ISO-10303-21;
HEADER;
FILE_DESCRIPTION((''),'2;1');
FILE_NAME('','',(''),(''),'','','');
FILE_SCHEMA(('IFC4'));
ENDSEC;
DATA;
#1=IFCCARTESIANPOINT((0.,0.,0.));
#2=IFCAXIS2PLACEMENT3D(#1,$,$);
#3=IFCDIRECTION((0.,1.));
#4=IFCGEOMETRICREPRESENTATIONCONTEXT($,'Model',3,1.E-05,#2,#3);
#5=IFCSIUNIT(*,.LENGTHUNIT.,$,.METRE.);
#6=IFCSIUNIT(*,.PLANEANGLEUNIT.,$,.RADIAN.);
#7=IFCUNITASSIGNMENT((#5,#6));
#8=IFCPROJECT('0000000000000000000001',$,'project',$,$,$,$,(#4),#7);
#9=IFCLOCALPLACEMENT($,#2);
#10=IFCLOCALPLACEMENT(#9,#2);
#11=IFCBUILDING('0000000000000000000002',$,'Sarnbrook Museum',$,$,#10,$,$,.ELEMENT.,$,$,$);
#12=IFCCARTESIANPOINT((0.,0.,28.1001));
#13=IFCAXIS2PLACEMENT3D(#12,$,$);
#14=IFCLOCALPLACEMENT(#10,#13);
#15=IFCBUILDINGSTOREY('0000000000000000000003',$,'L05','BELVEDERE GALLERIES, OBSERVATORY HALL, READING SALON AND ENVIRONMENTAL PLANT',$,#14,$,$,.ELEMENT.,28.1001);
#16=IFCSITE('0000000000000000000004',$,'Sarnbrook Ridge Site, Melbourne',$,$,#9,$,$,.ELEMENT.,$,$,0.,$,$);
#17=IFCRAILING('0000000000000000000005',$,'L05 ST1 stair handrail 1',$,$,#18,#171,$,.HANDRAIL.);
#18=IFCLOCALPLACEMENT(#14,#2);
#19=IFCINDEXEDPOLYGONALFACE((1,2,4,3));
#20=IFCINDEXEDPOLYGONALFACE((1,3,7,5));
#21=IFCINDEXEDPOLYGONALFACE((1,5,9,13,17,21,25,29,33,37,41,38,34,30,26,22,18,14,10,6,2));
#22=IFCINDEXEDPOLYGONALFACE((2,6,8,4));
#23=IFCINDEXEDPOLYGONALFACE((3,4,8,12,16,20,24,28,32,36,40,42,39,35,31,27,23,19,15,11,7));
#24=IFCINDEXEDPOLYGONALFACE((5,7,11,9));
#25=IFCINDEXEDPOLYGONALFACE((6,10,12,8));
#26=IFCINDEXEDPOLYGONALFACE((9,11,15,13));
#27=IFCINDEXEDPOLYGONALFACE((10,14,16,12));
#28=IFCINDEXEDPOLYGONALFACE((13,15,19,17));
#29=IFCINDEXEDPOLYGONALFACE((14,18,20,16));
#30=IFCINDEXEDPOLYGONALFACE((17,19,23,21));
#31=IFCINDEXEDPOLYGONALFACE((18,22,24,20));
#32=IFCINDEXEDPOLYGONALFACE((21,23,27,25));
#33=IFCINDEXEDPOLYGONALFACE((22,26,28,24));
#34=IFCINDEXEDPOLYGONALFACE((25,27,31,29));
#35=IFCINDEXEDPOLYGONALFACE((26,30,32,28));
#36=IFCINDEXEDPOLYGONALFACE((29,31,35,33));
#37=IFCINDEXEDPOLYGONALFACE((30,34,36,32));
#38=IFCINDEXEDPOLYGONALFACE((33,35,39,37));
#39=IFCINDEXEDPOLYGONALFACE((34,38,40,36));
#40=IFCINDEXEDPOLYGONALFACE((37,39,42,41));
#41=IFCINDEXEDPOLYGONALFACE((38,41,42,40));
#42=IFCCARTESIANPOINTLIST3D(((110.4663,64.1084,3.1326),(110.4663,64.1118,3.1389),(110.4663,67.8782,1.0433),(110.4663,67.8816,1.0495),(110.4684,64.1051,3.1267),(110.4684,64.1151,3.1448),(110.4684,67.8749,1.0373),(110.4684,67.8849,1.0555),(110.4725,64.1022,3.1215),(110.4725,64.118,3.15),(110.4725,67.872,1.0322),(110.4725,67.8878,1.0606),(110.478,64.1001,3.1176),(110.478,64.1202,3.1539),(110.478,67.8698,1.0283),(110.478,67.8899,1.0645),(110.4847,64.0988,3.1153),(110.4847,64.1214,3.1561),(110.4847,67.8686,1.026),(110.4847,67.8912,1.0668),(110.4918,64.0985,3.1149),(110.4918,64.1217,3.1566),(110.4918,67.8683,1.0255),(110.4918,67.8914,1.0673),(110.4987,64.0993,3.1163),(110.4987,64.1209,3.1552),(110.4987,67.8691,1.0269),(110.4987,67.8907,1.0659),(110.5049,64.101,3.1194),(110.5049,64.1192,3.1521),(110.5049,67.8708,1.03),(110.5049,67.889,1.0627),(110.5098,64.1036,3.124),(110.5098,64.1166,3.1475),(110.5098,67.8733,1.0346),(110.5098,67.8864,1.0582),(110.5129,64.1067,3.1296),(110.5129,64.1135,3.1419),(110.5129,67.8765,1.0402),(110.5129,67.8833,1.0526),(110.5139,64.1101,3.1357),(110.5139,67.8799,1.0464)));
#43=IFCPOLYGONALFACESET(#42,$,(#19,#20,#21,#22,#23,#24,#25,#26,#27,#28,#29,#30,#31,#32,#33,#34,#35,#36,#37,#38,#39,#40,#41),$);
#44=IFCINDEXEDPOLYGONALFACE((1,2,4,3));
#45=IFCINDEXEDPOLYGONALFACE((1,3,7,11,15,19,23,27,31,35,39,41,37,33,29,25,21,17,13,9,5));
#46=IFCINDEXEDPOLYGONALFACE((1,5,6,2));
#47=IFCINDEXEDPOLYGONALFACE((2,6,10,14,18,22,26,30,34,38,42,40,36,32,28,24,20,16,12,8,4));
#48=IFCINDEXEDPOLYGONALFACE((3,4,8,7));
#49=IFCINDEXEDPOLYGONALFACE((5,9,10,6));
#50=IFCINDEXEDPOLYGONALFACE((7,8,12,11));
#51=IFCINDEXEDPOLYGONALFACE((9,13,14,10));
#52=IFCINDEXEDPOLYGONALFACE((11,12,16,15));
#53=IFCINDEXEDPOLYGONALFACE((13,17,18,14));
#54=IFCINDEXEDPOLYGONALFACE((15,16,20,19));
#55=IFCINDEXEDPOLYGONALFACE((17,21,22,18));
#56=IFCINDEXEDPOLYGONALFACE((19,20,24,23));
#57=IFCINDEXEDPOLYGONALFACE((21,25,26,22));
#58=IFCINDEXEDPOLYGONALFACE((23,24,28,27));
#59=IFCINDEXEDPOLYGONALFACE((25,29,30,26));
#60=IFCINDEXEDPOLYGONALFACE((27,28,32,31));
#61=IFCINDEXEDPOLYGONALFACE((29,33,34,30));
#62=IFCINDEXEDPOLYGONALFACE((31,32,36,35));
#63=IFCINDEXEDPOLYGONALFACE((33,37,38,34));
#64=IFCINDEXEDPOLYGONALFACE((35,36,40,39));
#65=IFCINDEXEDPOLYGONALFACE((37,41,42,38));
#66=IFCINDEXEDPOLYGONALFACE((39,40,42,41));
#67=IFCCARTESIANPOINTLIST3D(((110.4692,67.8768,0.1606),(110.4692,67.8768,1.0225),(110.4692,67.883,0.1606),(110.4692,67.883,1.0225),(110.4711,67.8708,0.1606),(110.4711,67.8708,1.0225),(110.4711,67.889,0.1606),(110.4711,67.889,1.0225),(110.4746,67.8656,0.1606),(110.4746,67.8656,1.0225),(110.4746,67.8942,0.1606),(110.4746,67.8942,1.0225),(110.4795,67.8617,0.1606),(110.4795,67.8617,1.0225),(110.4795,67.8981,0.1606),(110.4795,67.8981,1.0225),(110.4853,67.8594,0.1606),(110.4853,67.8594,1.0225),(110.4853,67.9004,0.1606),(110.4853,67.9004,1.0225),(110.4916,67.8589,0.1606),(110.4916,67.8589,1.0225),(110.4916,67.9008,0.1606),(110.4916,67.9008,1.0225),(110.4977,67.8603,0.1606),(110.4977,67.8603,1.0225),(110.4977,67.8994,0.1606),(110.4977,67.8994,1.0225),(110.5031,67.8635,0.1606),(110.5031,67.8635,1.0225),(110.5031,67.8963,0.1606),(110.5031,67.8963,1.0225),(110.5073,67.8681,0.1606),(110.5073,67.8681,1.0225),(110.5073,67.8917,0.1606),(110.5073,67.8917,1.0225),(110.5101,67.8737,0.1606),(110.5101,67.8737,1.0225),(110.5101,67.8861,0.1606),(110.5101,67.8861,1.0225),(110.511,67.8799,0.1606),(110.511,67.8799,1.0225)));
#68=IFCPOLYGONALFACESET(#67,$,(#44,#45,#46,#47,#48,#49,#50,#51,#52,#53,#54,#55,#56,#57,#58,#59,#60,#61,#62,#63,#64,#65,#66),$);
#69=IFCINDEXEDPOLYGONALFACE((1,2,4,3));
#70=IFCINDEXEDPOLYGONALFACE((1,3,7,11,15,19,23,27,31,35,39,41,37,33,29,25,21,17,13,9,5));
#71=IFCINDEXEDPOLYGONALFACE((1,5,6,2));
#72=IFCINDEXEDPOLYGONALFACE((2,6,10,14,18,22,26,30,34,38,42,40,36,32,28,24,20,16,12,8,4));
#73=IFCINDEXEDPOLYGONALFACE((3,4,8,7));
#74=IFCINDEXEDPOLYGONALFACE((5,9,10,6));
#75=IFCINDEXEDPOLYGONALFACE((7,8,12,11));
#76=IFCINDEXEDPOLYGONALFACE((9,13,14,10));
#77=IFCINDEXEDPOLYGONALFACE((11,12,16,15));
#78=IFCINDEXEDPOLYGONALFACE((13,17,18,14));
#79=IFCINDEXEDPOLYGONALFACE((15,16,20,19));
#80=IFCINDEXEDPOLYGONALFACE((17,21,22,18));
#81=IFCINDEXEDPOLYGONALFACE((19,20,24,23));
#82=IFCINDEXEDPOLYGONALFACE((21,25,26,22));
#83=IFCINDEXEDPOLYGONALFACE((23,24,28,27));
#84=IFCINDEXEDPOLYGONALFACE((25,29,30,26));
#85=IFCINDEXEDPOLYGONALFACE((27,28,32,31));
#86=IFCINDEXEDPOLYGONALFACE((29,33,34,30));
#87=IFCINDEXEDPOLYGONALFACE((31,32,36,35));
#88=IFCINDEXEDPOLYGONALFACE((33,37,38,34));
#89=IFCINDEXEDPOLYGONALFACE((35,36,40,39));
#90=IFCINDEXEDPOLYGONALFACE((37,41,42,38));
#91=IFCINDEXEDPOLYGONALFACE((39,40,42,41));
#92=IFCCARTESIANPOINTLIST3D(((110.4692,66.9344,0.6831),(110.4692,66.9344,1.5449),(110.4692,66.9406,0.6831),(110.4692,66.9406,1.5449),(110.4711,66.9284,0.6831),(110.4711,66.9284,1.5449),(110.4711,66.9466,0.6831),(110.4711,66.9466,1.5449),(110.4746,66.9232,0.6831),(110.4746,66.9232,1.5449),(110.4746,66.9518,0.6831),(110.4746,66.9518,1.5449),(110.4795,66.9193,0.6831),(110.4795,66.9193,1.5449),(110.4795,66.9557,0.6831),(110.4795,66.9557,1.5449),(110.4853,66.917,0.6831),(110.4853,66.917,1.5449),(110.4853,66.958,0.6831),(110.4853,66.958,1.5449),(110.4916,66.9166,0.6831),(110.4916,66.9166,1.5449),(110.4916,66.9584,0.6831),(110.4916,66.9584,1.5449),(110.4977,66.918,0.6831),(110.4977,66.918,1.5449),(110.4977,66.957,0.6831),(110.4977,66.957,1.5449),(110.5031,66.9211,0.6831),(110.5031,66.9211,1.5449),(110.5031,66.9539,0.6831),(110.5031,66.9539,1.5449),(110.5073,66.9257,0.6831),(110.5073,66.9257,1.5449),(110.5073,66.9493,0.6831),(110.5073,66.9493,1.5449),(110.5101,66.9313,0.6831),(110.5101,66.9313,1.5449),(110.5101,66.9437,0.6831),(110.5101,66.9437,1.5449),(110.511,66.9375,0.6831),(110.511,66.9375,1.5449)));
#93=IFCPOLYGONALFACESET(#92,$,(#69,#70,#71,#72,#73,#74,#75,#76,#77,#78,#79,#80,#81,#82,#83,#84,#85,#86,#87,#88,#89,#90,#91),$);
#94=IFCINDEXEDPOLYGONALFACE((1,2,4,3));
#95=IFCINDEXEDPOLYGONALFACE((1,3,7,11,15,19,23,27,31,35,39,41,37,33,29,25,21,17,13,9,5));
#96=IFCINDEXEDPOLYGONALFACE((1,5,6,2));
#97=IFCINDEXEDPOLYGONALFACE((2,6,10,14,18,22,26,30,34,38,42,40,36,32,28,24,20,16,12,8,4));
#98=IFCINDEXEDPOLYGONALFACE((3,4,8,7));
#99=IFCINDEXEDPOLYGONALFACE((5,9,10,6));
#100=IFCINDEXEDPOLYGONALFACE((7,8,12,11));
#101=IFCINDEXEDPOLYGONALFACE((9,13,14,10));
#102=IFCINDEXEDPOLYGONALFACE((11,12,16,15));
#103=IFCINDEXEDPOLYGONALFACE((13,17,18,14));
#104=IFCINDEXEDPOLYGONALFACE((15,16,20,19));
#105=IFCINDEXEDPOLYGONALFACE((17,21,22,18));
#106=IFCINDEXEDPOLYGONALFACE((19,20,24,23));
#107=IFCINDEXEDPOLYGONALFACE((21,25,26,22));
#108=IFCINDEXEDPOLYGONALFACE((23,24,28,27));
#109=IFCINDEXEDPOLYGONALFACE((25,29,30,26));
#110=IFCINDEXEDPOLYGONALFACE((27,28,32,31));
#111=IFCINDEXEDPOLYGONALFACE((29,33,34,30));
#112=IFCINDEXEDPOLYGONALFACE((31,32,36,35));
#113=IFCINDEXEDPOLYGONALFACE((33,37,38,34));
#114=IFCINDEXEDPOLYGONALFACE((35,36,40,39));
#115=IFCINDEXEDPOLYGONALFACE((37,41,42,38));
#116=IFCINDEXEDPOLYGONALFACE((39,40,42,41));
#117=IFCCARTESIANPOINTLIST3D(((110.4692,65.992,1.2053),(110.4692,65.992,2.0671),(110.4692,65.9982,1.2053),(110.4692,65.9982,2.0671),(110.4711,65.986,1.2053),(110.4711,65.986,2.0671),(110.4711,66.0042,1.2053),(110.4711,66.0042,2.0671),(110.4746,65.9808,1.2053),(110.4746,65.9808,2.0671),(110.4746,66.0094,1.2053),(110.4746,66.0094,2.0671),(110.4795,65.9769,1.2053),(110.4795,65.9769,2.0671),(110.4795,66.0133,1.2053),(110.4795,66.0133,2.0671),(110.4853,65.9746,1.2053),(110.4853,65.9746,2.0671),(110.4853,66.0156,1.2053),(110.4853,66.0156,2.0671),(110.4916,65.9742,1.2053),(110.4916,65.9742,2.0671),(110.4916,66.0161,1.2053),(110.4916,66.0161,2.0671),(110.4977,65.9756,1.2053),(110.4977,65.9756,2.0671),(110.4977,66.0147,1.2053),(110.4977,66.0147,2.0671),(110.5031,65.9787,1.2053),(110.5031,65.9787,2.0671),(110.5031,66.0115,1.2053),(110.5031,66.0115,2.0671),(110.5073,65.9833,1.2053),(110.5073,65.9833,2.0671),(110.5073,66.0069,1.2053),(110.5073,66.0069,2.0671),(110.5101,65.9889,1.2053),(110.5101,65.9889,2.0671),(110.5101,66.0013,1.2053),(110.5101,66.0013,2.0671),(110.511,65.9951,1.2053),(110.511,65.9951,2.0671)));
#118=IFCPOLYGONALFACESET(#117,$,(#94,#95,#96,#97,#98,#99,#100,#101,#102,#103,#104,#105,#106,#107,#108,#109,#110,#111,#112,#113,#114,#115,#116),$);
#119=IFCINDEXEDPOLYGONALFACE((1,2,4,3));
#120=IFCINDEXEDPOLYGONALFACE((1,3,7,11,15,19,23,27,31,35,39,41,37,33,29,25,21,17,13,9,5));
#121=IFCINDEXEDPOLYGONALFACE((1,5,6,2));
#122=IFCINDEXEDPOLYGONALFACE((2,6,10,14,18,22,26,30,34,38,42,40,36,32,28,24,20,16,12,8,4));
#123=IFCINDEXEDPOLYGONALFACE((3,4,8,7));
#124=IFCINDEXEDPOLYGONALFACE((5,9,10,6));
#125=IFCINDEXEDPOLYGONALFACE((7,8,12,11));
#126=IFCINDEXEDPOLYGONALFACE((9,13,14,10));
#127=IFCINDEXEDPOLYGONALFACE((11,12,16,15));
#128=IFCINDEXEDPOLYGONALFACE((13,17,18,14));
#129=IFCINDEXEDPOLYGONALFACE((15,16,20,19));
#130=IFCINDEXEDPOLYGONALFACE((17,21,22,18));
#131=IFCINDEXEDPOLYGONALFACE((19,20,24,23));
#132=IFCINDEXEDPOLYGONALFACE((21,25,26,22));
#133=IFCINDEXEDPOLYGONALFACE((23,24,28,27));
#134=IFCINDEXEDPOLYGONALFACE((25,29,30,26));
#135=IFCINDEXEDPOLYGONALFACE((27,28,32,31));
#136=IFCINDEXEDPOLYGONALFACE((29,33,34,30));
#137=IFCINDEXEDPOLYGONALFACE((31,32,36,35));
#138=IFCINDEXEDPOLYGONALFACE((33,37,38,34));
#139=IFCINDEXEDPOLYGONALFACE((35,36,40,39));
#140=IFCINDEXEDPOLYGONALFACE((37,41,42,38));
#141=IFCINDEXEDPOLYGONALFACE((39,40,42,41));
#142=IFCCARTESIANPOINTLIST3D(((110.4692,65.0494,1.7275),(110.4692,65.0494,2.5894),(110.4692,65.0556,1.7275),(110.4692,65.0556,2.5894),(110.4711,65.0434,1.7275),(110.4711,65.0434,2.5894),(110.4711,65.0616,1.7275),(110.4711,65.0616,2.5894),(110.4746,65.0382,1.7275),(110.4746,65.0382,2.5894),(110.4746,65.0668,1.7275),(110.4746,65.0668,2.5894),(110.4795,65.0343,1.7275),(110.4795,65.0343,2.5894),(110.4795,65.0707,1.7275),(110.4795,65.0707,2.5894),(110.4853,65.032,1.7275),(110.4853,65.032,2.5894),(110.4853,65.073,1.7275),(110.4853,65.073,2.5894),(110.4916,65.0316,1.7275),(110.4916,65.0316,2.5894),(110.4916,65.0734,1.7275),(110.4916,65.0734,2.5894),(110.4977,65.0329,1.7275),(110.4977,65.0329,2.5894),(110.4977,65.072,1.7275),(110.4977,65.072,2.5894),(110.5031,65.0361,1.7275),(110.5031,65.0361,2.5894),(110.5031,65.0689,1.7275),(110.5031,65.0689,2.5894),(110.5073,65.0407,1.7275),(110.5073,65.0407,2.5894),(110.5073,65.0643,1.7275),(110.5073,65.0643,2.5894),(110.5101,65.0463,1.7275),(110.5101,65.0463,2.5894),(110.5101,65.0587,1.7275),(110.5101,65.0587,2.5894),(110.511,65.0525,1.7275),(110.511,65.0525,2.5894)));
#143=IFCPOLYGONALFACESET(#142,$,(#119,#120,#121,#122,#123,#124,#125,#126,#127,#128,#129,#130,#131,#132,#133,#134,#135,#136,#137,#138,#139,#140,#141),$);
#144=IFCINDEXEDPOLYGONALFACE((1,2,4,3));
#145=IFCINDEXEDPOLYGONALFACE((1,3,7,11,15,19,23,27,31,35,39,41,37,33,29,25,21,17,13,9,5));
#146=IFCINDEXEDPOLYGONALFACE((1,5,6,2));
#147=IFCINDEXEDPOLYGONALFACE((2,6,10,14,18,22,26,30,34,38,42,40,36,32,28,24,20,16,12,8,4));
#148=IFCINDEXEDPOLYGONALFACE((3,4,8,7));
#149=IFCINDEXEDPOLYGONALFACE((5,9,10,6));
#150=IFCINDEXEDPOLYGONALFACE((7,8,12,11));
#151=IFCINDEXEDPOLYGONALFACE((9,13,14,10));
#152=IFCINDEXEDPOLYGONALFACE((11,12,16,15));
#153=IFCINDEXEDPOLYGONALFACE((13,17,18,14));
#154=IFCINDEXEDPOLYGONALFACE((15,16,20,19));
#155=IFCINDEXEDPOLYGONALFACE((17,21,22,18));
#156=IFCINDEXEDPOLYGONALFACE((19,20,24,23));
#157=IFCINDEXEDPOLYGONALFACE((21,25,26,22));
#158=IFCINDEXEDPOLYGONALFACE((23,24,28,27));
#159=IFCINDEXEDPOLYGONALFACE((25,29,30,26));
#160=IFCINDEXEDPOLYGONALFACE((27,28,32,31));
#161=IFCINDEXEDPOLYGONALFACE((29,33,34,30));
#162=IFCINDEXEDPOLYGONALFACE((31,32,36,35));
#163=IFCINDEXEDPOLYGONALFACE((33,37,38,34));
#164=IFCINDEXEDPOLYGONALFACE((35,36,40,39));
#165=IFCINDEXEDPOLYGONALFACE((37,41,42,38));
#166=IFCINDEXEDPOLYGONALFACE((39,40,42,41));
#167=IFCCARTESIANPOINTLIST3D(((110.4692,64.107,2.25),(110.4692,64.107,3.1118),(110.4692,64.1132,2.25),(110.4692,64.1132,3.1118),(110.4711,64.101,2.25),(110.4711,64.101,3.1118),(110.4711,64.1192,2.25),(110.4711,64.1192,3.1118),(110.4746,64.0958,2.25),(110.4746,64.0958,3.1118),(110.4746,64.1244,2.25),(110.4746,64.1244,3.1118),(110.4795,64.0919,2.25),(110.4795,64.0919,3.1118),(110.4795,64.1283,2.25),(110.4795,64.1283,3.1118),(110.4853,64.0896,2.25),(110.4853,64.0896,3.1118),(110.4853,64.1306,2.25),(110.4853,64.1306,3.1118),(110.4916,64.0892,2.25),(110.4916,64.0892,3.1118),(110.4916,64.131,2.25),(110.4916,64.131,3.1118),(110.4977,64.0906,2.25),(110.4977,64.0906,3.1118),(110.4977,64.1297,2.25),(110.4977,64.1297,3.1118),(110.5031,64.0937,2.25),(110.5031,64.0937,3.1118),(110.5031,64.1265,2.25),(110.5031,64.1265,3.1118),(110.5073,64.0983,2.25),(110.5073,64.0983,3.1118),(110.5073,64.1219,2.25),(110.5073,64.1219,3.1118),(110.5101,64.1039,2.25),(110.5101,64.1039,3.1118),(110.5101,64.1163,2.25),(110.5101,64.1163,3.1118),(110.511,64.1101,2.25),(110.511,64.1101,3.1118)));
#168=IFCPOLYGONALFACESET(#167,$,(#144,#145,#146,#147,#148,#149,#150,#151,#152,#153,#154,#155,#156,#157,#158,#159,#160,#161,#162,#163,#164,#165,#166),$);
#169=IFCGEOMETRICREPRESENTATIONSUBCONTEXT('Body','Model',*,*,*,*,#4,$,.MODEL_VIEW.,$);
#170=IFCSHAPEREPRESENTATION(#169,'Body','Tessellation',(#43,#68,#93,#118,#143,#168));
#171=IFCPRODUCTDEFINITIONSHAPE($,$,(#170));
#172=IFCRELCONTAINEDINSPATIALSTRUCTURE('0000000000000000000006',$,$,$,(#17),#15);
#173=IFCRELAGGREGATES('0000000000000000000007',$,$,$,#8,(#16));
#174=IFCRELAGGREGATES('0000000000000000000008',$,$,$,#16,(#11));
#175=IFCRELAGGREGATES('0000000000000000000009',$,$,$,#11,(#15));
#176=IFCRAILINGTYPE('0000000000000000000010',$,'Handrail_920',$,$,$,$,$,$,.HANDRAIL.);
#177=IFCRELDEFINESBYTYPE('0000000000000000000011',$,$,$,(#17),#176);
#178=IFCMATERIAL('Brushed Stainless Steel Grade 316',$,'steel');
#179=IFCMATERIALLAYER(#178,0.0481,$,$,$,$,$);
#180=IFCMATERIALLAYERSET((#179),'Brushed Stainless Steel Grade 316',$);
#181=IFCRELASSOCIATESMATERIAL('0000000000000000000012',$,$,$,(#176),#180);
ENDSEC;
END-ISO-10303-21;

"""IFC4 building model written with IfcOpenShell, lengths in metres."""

from ifc_helpers import new_model, si_unit, direction, frame, origin, origin_2d, place, context, subcontext, project, spatial, circle, extrude, material, layer, layer_set, type_object, element, save


model = new_model("IFC4")

# Units and contexts
model_context = context("Model", 3, precision=1e-05, world=origin(), true_north=direction((0.0, 1.0)))
body_context = subcontext(model_context, "Body", "Model", "MODEL_VIEW")
ifc_project = project(units=[si_unit("LENGTHUNIT", "METRE"), si_unit("PLANEANGLEUNIT", "RADIAN")], contexts=[model_context])

# Site, building, storey
site_placement = place(None, origin())
site = spatial("IfcSite", under=ifc_project, at=site_placement, Name="Sarnbrook Ridge Site, Melbourne", CompositionType="ELEMENT", RefElevation=0.0)
building_placement = place(site_placement, origin())
building = spatial("IfcBuilding", under=site, at=building_placement, Name="Sarnbrook Museum", CompositionType="ELEMENT")
storey_placement = place(building_placement, frame((0.0, 0.0, 28.1001)))
storey = spatial("IfcBuildingStorey", under=building, at=storey_placement, Name="L05", Description="BELVEDERE GALLERIES, OBSERVATORY HALL, READING SALON AND ENVIRONMENTAL PLANT", CompositionType="ELEMENT", Elevation=28.1001)

# Shared definitions
ifc_material_1 = material(Name="Brushed Stainless Steel Grade 316", Category="steel")

# Railing
ifc_layer_1 = layer(ifc_material_1, 0.0481)
ifc_layer_set_1 = layer_set([ifc_layer_1], Name="Brushed Stainless Steel Grade 316")
railing_type_1 = type_object("IfcRailingType", Name="Handrail_920", PredefinedType="HANDRAIL", material=ifc_layer_set_1)
railing_1_placement = place(storey_placement, frame((110.49, 67.8799, 0.1606)))
element("IfcRailing", 1, at=railing_1_placement, inside=storey, type_object=railing_type_1, Name="L05 ST1 stair handrail 1", PredefinedType="HANDRAIL", context=body_context, shape_type="SweptSolid", body=[
    extrude(circle(Radius=0.0239, at=origin_2d()), frame((0.0, 0.0, 0.8857), z_axis=(0.0, -0.874646, 0.484763), x_axis=(1.0, 0.0, 0.0)), (0.0, 0.0, 1.0), 4.3101),
    extrude(circle(Radius=0.021, at=origin_2d()), origin(), (0.0, 0.0, 1.0), 0.8618),
    extrude(circle(Radius=0.021, at=origin_2d()), frame((0.0, -0.9424, 0.5225)), (0.0, 0.0, 1.0), 0.8618),
    extrude(circle(Radius=0.021, at=origin_2d()), frame((0.0, -1.8848, 1.0447)), (0.0, 0.0, 1.0), 0.8618),
    extrude(circle(Radius=0.021, at=origin_2d()), frame((0.0, -2.8274, 1.5669)), (0.0, 0.0, 1.0), 0.8618),
    extrude(circle(Radius=0.021, at=origin_2d()), frame((0.0, -3.7698, 2.0894)), (0.0, 0.0, 1.0), 0.8618),
])

save(model, "model.ifc")
